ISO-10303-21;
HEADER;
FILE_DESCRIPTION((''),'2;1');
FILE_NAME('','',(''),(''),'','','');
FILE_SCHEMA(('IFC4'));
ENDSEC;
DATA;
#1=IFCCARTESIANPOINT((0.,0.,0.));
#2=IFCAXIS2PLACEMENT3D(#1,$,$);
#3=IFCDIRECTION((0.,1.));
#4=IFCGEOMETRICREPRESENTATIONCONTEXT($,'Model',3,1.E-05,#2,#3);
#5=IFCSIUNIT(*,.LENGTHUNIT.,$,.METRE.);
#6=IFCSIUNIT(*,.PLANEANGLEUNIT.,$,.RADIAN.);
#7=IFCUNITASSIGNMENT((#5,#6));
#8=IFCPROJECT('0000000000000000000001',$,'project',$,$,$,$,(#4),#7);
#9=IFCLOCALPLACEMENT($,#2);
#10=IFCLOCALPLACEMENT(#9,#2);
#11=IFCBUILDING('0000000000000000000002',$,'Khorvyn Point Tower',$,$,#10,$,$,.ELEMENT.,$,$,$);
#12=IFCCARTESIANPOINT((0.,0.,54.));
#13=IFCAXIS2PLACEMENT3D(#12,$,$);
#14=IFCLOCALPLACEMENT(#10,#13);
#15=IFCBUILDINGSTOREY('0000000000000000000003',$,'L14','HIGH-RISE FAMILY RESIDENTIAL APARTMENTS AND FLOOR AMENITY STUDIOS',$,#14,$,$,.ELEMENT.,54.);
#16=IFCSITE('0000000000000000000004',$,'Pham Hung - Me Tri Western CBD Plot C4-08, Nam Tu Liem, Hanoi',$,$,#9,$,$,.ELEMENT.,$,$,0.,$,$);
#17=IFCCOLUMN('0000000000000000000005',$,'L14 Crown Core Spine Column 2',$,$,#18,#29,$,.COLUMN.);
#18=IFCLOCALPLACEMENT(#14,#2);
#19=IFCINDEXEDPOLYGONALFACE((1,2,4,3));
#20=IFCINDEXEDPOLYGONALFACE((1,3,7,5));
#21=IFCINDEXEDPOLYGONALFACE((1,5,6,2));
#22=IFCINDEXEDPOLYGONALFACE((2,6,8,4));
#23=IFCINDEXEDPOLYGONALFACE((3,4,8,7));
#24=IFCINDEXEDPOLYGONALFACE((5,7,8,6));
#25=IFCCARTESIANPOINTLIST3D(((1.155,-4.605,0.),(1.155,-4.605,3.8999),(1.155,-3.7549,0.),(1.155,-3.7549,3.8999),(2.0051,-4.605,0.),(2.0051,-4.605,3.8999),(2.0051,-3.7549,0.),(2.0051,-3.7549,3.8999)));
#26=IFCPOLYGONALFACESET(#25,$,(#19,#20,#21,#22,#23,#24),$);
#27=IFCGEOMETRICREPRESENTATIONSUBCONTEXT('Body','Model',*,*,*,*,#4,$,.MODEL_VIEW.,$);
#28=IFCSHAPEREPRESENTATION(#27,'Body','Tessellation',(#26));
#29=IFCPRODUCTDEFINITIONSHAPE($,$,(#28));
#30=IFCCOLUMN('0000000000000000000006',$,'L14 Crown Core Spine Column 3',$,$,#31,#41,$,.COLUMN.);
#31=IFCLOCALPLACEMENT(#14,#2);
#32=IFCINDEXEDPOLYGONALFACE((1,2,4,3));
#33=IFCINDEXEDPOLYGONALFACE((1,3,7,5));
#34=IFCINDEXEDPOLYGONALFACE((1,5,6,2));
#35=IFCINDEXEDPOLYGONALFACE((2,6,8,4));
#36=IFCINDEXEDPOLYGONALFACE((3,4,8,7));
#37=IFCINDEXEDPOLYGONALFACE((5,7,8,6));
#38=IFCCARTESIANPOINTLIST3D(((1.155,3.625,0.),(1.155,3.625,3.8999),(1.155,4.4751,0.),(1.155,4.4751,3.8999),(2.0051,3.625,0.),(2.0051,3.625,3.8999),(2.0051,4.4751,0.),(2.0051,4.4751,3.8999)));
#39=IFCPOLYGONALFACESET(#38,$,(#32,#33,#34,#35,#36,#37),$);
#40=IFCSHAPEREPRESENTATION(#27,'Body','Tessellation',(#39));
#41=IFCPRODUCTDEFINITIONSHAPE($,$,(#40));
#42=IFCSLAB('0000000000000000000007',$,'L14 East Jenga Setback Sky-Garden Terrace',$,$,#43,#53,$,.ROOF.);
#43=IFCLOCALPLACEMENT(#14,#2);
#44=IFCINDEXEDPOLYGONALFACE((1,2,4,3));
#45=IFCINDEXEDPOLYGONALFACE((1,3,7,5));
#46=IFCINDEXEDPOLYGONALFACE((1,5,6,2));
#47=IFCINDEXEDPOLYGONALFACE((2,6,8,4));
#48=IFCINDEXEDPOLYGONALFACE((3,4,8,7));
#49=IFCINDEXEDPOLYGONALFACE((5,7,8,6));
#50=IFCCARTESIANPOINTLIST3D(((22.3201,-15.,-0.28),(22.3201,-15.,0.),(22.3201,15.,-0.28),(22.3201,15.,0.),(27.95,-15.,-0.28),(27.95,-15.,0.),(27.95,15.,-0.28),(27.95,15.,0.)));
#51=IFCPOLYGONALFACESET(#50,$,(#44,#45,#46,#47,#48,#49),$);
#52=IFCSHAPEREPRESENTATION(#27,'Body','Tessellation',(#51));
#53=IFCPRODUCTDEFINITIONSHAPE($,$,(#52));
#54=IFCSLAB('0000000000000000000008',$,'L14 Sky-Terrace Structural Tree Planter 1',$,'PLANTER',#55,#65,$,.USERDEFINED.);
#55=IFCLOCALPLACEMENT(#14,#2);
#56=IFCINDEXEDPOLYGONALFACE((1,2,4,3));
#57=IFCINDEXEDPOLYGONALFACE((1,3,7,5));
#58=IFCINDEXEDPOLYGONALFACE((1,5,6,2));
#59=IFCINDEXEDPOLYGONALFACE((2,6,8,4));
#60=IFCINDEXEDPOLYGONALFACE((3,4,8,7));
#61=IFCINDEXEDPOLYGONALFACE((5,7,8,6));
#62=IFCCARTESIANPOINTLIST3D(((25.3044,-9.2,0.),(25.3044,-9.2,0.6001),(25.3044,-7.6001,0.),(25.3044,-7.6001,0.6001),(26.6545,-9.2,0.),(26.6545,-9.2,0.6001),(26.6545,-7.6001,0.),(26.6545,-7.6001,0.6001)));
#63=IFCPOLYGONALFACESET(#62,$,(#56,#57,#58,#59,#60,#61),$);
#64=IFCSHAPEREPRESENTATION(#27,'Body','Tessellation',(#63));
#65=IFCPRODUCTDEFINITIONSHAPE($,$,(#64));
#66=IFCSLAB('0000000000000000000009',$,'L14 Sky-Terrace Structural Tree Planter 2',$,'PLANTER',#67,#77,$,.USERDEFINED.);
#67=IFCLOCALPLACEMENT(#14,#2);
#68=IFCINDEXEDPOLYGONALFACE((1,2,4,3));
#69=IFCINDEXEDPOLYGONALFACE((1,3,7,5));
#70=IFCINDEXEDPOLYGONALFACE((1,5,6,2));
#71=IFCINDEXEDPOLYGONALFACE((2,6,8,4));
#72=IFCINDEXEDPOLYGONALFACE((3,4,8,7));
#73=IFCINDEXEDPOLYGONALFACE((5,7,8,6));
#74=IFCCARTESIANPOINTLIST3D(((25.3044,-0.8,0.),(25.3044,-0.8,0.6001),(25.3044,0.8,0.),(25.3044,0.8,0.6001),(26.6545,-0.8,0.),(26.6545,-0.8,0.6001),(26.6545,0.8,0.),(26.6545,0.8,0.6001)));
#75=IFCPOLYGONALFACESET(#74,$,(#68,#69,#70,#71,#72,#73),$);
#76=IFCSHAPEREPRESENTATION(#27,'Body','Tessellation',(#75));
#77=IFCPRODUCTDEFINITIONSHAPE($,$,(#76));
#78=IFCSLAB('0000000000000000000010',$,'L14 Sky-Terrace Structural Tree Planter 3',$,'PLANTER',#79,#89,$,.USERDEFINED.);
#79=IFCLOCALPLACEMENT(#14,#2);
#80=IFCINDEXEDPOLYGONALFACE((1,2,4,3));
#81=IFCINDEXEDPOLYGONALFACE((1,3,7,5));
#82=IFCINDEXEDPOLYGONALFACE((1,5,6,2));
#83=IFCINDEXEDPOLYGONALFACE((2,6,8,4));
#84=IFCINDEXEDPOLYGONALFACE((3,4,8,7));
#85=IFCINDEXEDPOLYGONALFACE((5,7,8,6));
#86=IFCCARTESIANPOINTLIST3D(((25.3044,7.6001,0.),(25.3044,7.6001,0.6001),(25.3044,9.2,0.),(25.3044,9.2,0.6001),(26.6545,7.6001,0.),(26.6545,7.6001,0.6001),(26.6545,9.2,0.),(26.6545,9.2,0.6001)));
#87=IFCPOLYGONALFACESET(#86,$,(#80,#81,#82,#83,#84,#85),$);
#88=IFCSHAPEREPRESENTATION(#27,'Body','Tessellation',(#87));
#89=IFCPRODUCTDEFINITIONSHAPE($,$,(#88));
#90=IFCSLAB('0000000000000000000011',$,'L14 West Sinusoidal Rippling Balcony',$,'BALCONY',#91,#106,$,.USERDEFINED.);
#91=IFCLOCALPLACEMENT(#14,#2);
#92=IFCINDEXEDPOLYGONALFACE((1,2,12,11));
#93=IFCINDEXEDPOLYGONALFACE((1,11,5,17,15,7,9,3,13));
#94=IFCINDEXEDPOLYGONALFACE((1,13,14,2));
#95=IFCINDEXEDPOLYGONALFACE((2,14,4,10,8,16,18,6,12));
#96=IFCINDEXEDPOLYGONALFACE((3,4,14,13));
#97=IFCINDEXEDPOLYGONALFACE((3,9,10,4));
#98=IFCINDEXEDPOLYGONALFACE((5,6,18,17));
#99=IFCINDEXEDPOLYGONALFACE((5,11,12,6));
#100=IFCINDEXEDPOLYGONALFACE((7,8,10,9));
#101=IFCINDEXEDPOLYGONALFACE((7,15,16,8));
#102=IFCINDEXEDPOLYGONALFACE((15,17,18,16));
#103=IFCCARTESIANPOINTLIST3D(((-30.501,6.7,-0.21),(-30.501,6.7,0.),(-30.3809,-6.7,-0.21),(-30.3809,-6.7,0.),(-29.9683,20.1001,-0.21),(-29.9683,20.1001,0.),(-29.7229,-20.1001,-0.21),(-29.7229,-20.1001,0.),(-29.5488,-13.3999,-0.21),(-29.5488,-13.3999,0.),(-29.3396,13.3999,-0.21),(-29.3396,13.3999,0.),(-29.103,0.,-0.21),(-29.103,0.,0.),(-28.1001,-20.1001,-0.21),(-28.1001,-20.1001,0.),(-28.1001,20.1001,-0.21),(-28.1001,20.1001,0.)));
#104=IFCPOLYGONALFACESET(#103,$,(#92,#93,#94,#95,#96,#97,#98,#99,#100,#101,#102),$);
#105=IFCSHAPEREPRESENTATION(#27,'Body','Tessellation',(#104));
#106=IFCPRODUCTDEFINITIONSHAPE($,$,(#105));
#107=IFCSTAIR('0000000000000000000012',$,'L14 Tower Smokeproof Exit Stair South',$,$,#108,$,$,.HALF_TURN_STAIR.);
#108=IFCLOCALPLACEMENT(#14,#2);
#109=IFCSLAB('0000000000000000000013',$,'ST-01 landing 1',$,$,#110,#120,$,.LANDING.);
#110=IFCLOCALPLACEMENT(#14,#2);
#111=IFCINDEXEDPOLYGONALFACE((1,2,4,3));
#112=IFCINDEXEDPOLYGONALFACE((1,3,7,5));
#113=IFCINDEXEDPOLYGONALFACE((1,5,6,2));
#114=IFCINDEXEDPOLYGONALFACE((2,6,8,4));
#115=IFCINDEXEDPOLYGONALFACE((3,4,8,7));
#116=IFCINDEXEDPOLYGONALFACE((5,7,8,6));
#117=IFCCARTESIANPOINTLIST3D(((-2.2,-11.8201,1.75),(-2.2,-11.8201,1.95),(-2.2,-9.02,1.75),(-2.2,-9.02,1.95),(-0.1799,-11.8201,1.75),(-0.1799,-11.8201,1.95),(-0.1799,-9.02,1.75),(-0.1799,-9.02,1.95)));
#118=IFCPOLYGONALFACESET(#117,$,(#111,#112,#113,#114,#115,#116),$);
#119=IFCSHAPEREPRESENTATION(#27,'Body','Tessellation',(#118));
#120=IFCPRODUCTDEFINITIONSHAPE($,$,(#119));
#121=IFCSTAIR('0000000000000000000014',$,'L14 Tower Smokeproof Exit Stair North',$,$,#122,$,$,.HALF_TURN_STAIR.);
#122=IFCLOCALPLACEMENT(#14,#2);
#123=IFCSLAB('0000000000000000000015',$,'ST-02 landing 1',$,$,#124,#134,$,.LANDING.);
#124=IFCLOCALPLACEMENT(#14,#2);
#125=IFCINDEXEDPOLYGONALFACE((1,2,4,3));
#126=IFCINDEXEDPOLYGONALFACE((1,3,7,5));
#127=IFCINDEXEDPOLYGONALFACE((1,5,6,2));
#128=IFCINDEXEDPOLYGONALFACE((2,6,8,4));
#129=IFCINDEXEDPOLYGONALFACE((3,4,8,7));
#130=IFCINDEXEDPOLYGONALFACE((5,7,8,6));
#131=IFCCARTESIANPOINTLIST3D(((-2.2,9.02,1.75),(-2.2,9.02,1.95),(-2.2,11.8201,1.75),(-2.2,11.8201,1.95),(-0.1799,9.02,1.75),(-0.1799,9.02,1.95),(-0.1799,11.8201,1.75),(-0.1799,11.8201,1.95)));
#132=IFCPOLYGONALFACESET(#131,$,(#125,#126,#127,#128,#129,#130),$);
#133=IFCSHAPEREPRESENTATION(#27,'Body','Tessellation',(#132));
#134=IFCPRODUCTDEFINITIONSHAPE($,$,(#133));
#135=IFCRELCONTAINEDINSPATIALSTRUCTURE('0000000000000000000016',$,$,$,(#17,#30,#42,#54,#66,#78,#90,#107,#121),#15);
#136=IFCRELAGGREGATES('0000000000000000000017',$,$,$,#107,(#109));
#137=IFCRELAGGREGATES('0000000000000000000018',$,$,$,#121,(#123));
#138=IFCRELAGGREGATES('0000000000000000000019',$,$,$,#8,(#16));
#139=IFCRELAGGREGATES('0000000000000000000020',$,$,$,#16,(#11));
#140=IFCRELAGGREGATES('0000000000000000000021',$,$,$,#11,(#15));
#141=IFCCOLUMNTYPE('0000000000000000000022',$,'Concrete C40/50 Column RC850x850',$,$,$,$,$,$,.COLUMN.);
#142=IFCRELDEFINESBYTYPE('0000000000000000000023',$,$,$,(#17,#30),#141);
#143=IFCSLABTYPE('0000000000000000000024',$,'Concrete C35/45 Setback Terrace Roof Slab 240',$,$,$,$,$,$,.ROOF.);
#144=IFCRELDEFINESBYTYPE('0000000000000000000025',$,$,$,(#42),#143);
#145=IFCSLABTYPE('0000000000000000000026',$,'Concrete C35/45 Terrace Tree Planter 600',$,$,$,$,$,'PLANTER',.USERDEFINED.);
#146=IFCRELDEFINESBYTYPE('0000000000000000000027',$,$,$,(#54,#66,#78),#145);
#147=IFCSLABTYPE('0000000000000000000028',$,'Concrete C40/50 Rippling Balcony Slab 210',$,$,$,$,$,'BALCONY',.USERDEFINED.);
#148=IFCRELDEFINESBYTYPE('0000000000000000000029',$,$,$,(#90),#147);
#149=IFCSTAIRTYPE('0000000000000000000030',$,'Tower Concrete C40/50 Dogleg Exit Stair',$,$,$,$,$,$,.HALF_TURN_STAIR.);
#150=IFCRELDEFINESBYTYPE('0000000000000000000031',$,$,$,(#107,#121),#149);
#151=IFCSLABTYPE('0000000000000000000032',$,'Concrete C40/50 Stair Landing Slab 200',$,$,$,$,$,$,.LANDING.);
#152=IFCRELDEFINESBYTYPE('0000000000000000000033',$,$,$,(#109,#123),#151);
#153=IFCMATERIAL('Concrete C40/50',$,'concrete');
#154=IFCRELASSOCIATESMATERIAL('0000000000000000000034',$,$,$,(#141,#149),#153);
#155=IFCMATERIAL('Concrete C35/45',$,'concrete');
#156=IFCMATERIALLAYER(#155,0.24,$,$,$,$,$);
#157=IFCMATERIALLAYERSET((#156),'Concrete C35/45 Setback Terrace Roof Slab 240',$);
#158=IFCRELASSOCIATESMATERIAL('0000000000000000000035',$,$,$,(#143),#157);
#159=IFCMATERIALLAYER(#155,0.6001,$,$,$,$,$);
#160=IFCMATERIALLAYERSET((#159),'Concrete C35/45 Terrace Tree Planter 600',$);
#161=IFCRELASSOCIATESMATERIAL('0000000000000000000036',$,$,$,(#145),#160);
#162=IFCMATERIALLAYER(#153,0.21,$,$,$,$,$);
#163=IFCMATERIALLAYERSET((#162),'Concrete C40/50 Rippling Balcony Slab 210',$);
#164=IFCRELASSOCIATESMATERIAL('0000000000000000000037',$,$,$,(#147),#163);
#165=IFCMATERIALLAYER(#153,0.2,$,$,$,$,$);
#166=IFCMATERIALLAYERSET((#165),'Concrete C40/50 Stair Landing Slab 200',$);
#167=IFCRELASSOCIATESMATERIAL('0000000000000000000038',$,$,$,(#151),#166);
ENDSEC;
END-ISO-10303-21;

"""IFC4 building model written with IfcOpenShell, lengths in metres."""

from ifc_helpers import new_model, si_unit, direction, frame, origin, origin_2d, place, context, subcontext, project, spatial, polyline, rectangle, outline, extrude, material, layer, layer_set, material_profile, profile_set, type_object, element, aggregate, save


model = new_model("IFC4")

# Units and contexts
model_context = context("Model", 3, precision=1e-05, world=origin(), true_north=direction((0.0, 1.0)))
body_context = subcontext(model_context, "Body", "Model", "MODEL_VIEW")
ifc_project = project(units=[si_unit("LENGTHUNIT", "METRE"), si_unit("PLANEANGLEUNIT", "RADIAN")], contexts=[model_context])

# Site, building, storey
site_placement = place(None, origin())
site = spatial("IfcSite", under=ifc_project, at=site_placement, Name="Pham Hung - Me Tri Western CBD Plot C4-08, Nam Tu Liem, Hanoi", CompositionType="ELEMENT", RefElevation=0.0)
building_placement = place(site_placement, origin())
building = spatial("IfcBuilding", under=site, at=building_placement, Name="Khorvyn Point Tower", CompositionType="ELEMENT")
storey_placement = place(building_placement, frame((0.0, 0.0, 54.0)))
storey = spatial("IfcBuildingStorey", under=building, at=storey_placement, Name="L14", Description="HIGH-RISE FAMILY RESIDENTIAL APARTMENTS AND FLOOR AMENITY STUDIOS", CompositionType="ELEMENT", Elevation=54.0)

# Columns
ifc_material_1 = material(Name="Concrete C40/50", Category="concrete")
ifc_material_profile = material_profile(ifc_material_1, rectangle(XDim=0.8501, YDim=0.8501, at=origin_2d()))
ifc_profile_set = profile_set([ifc_material_profile], Name="Concrete C40/50 RC850x850")
column_type = type_object("IfcColumnType", Name="Concrete C40/50 Column RC850x850", PredefinedType="COLUMN", material=ifc_profile_set)
for number, where, z_axis, x_axis, name in (
    (1, (1.5801, -4.1799, 0.0), (0.0, 0.0, 1.0), (1.0, 0.0, 0.0), "L14 Crown Core Spine Column 2"),
    (2, (1.5801, 4.05, 0.0), (0.0, 0.0, 1.0), (1.0, 0.0, 0.0), "L14 Crown Core Spine Column 3"),
):
    element("IfcColumn", number, at=place(storey_placement, frame(where, z_axis=z_axis, x_axis=x_axis)), inside=storey, type_object=column_type, Name=name, PredefinedType="COLUMN", context=body_context, shape_type="SweptSolid", body=[
        extrude(rectangle(XDim=0.8501, YDim=0.8501, at=origin_2d()), origin(), (0.0, 0.0, 1.0), 3.8999),
    ])

# Slabs
ifc_material_2 = material(Name="Concrete C35/45", Category="concrete")
ifc_layer_1 = layer(ifc_material_2, 0.24)
ifc_layer_set_1 = layer_set([ifc_layer_1], Name="Concrete C35/45 Setback Terrace Roof Slab 240")
slab_type_1 = type_object("IfcSlabType", Name="Concrete C35/45 Setback Terrace Roof Slab 240", PredefinedType="ROOF", material=ifc_layer_set_1)
slab_1_placement = place(storey_placement, frame((0.0, 0.0, -0.28)))
element("IfcSlab", 3, at=slab_1_placement, inside=storey, type_object=slab_type_1, Name="L14 East Jenga Setback Sky-Garden Terrace", PredefinedType="ROOF", context=body_context, shape_type="SweptSolid", body=[
    extrude(outline(polyline([(22.3201, -15.0), (27.95, -15.0), (27.95, 15.0), (22.3201, 15.0), (22.3201, -15.0)])), origin(), (0.0, 0.0, 1.0), 0.28),
])
ifc_layer_2 = layer(ifc_material_2, 0.6001)
ifc_layer_set_2 = layer_set([ifc_layer_2], Name="Concrete C35/45 Terrace Tree Planter 600")
slab_type_2 = type_object("IfcSlabType", Name="Concrete C35/45 Terrace Tree Planter 600", ElementType="PLANTER", PredefinedType="USERDEFINED", material=ifc_layer_set_2)
slab_2_placement = place(storey_placement, origin())
element("IfcSlab", 4, at=slab_2_placement, inside=storey, type_object=slab_type_2, Name="L14 Sky-Terrace Structural Tree Planter 1", ObjectType="PLANTER", PredefinedType="USERDEFINED", context=body_context, shape_type="SweptSolid", body=[
    extrude(outline(polyline([(25.3044, -9.2), (26.6545, -9.2), (26.6545, -7.6001), (25.3044, -7.6001), (25.3044, -9.2)])), origin(), (0.0, 0.0, 1.0), 0.6001),
])
slab_3_placement = place(storey_placement, origin())
element("IfcSlab", 5, at=slab_3_placement, inside=storey, type_object=slab_type_2, Name="L14 Sky-Terrace Structural Tree Planter 2", ObjectType="PLANTER", PredefinedType="USERDEFINED", context=body_context, shape_type="SweptSolid", body=[
    extrude(outline(polyline([(25.3044, -0.8), (26.6545, -0.8), (26.6545, 0.8), (25.3044, 0.8), (25.3044, -0.8)])), origin(), (0.0, 0.0, 1.0), 0.6001),
])
slab_4_placement = place(storey_placement, origin())
element("IfcSlab", 6, at=slab_4_placement, inside=storey, type_object=slab_type_2, Name="L14 Sky-Terrace Structural Tree Planter 3", ObjectType="PLANTER", PredefinedType="USERDEFINED", context=body_context, shape_type="SweptSolid", body=[
    extrude(outline(polyline([(25.3044, 7.6001), (26.6545, 7.6001), (26.6545, 9.2), (25.3044, 9.2), (25.3044, 7.6001)])), origin(), (0.0, 0.0, 1.0), 0.6001),
])
ifc_layer_3 = layer(ifc_material_1, 0.21)
ifc_layer_set_3 = layer_set([ifc_layer_3], Name="Concrete C40/50 Rippling Balcony Slab 210")
slab_type_3 = type_object("IfcSlabType", Name="Concrete C40/50 Rippling Balcony Slab 210", ElementType="BALCONY", PredefinedType="USERDEFINED", material=ifc_layer_set_3)
slab_5_placement = place(storey_placement, frame((0.0, 0.0, -0.21)))
element("IfcSlab", 7, at=slab_5_placement, inside=storey, type_object=slab_type_3, Name="L14 West Sinusoidal Rippling Balcony", ObjectType="BALCONY", PredefinedType="USERDEFINED", context=body_context, shape_type="SweptSolid", body=[
    extrude(outline(polyline([(-28.1001, 20.1001), (-29.9683, 20.1001), (-29.3396, 13.3999), (-30.501, 6.7), (-29.103, 0.0), (-30.3809, -6.7), (-29.5488, -13.3999), (-29.7229, -20.1001), (-28.1001, -20.1001), (-28.1001, 20.1001)])), origin(), (0.0, 0.0, 1.0), 0.21),
])

# Stairs, slabs
stair_type = type_object("IfcStairType", Name="Tower Concrete C40/50 Dogleg Exit Stair", PredefinedType="HALF_TURN_STAIR", material=ifc_material_1)
stair_1_placement = place(storey_placement, origin())
stair_1 = element("IfcStair", 8, at=stair_1_placement, inside=storey, type_object=stair_type, Name="L14 Tower Smokeproof Exit Stair South", PredefinedType="HALF_TURN_STAIR")
ifc_layer_4 = layer(ifc_material_1, 0.2)
ifc_layer_set_4 = layer_set([ifc_layer_4], Name="Concrete C40/50 Stair Landing Slab 200")
slab_type_4 = type_object("IfcSlabType", Name="Concrete C40/50 Stair Landing Slab 200", PredefinedType="LANDING", material=ifc_layer_set_4)
slab_6_placement = place(storey_placement, frame((0.0, 0.0, 1.75)))
slab_6 = element("IfcSlab", 9, at=slab_6_placement, type_object=slab_type_4, Name="ST-01 landing 1", PredefinedType="LANDING", context=body_context, shape_type="SweptSolid", body=[
    extrude(outline(polyline([(-0.1799, -9.02), (-2.2, -9.02), (-2.2, -11.8201), (-0.1799, -11.8201), (-0.1799, -9.02)])), origin(), (0.0, 0.0, 1.0), 0.2),
])
aggregate(stair_1, [slab_6])
stair_2_placement = place(storey_placement, origin())
stair_2 = element("IfcStair", 10, at=stair_2_placement, inside=storey, type_object=stair_type, Name="L14 Tower Smokeproof Exit Stair North", PredefinedType="HALF_TURN_STAIR")
slab_7_placement = place(storey_placement, frame((0.0, 0.0, 1.75)))
slab_7 = element("IfcSlab", 11, at=slab_7_placement, type_object=slab_type_4, Name="ST-02 landing 1", PredefinedType="LANDING", context=body_context, shape_type="SweptSolid", body=[
    extrude(outline(polyline([(-0.1799, 11.8201), (-2.2, 11.8201), (-2.2, 9.02), (-0.1799, 9.02), (-0.1799, 11.8201)])), origin(), (0.0, 0.0, 1.0), 0.2),
])

aggregate(stair_2, [slab_7])

save(model, "model.ifc")
